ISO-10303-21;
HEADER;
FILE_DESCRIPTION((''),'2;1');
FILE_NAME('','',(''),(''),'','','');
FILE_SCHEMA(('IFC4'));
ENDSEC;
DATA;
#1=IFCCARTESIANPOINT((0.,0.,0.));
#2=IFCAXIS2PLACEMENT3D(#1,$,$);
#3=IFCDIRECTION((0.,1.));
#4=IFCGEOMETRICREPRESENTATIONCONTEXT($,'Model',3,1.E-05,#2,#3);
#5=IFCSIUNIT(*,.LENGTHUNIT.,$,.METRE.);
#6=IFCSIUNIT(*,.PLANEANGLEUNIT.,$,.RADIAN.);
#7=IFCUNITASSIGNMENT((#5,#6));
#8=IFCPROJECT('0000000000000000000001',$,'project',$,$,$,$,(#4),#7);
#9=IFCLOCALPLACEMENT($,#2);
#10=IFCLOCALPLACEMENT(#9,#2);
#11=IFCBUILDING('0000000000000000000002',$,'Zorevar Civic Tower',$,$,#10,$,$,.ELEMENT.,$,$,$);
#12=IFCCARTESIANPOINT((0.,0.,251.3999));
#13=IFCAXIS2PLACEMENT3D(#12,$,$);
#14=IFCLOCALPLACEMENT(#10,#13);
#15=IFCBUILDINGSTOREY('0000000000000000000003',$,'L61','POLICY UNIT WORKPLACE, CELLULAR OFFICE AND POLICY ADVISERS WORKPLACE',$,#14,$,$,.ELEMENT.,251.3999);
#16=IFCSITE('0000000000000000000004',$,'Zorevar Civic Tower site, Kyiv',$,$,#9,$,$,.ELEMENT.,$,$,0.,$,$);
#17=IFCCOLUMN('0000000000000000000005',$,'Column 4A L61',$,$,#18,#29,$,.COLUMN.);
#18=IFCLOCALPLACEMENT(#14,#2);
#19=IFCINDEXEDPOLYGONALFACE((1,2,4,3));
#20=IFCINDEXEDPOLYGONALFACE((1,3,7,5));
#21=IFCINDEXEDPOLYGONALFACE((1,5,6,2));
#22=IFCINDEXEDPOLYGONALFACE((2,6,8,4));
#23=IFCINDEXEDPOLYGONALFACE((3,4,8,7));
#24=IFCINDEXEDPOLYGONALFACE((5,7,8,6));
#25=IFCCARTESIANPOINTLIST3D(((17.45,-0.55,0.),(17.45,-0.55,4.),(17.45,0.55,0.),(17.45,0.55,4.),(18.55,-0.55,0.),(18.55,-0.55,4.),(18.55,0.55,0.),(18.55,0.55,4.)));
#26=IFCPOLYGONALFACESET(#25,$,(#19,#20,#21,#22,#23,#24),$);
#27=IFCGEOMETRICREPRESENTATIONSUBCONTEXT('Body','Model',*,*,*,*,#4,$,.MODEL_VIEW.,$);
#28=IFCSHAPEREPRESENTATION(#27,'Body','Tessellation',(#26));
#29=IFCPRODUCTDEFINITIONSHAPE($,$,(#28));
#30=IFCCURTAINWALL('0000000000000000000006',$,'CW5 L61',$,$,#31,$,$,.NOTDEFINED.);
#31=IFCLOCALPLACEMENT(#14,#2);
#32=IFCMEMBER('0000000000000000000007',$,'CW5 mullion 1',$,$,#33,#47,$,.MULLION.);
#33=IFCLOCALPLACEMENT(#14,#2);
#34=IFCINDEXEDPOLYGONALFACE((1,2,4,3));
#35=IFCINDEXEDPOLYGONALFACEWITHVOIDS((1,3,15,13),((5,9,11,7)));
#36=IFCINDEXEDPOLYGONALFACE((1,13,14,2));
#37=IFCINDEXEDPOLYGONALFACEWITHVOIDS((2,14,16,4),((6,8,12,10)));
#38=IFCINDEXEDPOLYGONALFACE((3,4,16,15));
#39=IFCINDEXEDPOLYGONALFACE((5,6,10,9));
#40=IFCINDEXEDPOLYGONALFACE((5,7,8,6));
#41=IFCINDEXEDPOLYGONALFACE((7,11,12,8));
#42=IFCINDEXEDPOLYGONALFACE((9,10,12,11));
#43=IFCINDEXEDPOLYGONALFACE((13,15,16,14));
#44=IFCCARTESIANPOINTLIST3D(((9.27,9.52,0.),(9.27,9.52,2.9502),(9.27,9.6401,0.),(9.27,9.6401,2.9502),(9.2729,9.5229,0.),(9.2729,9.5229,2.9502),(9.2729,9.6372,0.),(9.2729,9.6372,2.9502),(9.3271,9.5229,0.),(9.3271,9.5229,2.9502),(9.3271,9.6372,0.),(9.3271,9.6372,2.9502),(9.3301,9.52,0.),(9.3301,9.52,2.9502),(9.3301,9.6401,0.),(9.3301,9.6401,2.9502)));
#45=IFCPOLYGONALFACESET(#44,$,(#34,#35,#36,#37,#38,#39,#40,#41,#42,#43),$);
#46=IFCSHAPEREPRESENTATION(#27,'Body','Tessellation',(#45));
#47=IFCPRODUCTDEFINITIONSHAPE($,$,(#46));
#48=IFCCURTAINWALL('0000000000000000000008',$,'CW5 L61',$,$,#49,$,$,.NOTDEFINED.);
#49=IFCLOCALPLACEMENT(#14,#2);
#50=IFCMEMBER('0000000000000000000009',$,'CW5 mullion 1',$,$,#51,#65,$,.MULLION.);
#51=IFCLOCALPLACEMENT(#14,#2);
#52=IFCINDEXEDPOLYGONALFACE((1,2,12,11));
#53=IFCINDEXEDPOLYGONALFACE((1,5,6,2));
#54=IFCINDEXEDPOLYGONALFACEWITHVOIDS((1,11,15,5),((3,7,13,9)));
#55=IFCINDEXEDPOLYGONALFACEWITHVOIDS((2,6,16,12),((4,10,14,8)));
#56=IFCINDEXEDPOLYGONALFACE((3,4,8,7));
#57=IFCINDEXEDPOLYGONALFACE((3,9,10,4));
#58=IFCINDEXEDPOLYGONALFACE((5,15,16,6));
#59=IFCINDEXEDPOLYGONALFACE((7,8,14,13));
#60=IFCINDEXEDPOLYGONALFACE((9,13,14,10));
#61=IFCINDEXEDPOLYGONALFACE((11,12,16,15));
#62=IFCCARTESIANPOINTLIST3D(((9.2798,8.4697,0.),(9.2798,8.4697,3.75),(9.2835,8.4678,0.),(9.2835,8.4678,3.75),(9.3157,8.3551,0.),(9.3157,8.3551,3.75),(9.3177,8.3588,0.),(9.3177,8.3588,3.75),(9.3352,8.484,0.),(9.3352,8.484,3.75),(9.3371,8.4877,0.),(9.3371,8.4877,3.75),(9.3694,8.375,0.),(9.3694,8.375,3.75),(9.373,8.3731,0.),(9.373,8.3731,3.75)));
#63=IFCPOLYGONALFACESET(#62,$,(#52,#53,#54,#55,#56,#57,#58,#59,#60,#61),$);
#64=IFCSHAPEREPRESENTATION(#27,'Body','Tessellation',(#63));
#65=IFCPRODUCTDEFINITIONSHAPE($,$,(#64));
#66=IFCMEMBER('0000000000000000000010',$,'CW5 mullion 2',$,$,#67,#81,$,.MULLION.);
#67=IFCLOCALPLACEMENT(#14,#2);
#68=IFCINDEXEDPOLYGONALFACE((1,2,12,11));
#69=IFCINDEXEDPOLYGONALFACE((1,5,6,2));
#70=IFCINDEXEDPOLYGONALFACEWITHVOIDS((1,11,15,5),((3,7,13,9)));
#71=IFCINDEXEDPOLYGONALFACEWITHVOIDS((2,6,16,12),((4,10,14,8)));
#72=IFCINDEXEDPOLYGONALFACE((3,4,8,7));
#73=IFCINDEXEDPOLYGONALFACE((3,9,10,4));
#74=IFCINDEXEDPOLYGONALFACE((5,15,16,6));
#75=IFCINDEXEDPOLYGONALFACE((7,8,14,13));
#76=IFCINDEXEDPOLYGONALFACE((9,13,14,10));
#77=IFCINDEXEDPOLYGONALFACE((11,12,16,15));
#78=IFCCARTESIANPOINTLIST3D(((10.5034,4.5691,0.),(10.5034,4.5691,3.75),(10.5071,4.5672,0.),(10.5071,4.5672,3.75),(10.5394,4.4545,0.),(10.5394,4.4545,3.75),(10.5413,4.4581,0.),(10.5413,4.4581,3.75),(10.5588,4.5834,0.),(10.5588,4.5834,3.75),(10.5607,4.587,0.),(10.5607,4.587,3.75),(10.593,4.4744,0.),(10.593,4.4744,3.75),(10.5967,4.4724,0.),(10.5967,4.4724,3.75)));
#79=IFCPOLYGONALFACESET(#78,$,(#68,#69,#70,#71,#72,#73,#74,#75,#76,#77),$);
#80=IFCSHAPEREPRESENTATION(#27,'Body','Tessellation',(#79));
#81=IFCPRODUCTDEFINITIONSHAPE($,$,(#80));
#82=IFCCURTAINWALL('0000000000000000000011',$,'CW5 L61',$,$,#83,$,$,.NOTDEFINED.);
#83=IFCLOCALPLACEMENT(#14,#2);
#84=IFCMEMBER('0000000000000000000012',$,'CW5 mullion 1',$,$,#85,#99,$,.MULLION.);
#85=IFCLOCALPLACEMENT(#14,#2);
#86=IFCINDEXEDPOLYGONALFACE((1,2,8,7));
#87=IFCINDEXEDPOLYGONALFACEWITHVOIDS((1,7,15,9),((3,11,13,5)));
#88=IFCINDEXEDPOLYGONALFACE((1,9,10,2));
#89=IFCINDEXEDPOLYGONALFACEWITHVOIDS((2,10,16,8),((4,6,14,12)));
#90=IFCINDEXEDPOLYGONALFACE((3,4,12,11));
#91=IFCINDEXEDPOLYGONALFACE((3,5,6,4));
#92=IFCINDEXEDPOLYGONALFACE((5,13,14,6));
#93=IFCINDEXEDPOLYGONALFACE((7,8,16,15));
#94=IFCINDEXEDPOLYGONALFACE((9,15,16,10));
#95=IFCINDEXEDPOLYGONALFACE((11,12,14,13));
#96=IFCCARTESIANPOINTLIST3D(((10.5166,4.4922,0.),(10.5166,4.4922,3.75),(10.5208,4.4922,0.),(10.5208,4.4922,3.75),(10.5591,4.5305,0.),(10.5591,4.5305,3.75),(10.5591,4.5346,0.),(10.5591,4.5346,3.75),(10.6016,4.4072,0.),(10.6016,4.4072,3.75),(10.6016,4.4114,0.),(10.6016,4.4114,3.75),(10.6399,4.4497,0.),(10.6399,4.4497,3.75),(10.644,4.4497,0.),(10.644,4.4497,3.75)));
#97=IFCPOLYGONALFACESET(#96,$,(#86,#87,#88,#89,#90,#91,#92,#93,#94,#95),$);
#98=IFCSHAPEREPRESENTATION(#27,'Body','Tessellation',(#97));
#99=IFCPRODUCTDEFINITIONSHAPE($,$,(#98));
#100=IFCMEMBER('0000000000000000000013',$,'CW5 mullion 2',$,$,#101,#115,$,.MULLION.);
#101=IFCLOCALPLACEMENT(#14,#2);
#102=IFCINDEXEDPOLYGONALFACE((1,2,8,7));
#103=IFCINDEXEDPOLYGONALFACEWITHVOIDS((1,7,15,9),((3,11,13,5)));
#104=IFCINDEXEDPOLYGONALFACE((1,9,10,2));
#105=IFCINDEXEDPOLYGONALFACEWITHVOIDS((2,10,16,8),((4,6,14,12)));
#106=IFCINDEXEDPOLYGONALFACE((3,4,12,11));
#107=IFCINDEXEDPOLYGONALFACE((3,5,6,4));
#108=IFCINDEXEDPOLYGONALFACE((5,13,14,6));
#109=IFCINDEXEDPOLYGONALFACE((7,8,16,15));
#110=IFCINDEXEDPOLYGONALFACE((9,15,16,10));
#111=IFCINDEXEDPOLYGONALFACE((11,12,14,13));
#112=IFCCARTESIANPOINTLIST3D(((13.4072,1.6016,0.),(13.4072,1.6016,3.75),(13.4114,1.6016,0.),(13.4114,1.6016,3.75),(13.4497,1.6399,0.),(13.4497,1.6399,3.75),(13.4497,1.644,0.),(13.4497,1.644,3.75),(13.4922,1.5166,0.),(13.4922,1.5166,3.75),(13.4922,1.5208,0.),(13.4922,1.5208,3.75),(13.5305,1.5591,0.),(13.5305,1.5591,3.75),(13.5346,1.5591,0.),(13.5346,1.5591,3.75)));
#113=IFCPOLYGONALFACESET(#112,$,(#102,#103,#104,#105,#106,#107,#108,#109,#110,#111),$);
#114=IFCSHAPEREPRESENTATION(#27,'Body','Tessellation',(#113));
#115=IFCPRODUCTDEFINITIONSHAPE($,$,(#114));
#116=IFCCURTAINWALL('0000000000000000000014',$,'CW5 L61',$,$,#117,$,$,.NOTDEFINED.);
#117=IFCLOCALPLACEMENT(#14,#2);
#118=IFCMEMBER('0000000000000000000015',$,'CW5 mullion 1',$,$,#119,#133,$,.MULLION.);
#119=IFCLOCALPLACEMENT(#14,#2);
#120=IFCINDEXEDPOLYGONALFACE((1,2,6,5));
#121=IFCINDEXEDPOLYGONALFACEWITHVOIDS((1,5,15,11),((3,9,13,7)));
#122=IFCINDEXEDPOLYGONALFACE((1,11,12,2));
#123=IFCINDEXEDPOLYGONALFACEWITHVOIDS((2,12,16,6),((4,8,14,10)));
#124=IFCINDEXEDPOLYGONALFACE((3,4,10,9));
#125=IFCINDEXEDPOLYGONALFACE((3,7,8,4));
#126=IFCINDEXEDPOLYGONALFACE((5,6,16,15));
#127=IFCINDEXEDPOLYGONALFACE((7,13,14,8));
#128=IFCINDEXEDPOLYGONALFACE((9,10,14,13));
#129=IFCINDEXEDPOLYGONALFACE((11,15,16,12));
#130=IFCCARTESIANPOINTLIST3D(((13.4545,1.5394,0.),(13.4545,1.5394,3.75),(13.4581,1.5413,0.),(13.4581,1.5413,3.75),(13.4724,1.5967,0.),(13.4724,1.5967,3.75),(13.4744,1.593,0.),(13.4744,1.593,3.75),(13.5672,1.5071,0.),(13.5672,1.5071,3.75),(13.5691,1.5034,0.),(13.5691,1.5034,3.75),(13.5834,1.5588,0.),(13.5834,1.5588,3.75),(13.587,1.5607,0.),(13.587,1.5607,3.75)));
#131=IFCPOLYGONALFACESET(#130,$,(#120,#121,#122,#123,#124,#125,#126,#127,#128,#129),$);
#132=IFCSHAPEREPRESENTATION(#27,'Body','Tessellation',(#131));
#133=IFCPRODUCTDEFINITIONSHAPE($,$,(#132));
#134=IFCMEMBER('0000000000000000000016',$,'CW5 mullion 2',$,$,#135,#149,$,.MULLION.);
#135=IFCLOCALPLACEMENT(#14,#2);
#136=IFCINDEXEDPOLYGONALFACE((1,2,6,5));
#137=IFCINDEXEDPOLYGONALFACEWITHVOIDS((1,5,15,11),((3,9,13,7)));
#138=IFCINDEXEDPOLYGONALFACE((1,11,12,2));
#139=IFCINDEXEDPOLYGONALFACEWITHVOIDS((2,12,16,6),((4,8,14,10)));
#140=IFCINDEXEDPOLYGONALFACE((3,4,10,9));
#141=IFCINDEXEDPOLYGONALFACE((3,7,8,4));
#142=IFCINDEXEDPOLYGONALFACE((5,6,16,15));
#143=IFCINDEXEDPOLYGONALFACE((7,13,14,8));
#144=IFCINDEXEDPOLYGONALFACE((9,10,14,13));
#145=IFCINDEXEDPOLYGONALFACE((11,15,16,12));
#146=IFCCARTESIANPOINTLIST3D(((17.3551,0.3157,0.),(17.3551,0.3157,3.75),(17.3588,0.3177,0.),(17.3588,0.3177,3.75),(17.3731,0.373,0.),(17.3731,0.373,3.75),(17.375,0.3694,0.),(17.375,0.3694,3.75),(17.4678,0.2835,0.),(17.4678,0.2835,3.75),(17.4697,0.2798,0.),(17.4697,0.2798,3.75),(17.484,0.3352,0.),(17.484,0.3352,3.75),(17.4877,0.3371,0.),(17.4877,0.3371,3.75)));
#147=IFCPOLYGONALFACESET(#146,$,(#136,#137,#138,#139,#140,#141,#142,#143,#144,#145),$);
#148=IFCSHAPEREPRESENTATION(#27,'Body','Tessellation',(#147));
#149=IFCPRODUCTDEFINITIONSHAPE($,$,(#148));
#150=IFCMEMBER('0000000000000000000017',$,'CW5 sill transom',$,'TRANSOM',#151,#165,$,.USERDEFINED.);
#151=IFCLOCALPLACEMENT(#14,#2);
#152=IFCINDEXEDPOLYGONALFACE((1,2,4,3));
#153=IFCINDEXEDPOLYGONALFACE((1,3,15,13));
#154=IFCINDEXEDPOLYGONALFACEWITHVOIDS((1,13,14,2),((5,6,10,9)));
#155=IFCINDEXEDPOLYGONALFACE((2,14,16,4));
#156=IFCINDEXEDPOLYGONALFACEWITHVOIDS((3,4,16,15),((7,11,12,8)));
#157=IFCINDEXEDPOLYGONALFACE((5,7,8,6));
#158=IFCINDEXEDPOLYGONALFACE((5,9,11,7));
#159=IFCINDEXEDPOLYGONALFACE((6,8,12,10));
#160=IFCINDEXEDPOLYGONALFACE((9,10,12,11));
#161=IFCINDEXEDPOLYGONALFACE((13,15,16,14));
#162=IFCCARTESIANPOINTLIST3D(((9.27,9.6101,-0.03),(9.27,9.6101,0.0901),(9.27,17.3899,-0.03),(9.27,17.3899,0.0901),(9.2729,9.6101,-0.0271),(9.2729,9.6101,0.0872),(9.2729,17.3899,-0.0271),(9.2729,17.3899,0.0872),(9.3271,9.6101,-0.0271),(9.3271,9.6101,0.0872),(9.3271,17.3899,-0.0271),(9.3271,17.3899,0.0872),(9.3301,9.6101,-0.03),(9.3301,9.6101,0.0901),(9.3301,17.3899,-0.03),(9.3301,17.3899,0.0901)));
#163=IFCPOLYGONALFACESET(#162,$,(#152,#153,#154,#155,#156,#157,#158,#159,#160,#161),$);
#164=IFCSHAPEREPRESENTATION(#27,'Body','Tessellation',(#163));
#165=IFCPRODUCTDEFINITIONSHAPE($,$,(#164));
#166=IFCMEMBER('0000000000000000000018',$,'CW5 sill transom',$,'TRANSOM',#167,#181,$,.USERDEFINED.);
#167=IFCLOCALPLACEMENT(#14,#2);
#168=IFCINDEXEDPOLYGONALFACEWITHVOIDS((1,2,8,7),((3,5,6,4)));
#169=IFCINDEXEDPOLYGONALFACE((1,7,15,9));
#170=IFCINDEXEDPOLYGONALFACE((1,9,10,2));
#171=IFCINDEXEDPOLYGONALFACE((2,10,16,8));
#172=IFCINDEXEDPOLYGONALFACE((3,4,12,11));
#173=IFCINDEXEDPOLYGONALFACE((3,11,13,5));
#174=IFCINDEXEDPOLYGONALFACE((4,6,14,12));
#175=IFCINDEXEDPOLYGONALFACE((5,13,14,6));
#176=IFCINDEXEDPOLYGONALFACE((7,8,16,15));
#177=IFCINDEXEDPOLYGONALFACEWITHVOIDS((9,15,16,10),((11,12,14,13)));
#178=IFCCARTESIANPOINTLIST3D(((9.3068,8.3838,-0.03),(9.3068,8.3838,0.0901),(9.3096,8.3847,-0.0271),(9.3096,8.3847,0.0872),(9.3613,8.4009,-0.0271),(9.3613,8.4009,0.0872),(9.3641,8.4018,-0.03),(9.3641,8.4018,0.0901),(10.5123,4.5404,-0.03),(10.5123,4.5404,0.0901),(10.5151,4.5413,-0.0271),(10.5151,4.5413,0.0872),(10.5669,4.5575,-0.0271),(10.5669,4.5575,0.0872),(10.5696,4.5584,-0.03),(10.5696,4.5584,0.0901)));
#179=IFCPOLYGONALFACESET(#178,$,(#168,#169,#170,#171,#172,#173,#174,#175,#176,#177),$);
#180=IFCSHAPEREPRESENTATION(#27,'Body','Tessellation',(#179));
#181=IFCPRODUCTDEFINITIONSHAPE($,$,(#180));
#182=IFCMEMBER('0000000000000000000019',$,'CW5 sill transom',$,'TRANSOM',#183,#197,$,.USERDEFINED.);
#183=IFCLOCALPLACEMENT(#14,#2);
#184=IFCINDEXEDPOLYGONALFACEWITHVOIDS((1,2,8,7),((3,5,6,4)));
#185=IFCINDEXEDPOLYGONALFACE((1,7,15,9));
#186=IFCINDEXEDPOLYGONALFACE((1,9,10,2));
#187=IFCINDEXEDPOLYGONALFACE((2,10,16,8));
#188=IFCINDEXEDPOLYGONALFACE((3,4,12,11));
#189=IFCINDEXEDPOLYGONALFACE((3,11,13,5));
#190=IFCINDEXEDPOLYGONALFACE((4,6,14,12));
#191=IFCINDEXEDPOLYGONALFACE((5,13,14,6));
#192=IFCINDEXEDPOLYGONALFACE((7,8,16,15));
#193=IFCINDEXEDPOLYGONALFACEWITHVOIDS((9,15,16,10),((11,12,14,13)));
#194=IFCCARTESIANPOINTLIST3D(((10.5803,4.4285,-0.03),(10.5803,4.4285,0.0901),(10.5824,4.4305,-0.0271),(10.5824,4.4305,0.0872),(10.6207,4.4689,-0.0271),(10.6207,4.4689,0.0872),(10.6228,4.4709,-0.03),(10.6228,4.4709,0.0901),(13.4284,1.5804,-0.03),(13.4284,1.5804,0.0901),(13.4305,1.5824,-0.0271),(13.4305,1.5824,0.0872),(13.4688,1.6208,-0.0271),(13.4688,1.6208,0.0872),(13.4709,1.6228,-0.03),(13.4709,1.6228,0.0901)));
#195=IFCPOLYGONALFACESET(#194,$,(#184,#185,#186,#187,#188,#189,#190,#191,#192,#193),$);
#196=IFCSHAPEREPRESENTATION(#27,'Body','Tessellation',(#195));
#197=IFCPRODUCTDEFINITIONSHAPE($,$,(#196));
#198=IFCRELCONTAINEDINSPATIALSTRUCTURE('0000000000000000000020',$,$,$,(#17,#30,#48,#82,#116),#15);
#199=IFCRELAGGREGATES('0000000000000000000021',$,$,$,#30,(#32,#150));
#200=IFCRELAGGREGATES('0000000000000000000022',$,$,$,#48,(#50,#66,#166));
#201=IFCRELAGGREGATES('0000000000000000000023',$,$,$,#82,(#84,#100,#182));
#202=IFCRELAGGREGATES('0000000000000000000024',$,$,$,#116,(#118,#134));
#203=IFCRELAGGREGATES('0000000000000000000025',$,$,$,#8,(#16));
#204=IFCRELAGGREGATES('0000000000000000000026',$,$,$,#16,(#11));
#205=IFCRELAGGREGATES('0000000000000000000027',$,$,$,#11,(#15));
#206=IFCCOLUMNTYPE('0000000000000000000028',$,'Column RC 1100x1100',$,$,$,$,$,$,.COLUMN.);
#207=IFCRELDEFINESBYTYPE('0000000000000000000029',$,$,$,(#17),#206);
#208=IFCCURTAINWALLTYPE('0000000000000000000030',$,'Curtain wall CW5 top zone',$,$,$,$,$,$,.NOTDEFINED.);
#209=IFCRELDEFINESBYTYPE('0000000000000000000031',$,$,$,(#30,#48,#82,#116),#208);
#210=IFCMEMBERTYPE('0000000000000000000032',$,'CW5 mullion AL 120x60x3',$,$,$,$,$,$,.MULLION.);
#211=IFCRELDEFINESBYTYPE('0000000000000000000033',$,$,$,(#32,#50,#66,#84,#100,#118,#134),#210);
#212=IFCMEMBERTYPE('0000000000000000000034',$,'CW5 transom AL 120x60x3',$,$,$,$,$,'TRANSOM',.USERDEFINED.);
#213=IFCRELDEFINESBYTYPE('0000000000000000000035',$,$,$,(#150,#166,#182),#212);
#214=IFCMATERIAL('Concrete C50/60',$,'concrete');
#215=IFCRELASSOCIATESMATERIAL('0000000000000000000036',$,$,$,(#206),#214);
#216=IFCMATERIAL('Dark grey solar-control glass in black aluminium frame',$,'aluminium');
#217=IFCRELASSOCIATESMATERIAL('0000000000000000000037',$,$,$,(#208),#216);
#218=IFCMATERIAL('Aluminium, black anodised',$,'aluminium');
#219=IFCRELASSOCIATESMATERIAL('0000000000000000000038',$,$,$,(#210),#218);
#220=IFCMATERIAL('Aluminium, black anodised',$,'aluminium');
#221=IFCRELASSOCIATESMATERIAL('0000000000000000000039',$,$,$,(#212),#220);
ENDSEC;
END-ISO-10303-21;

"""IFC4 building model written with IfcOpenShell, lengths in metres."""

from ifc_helpers import new_model, si_unit, direction, frame, origin, origin_2d, place, context, subcontext, project, spatial, rectangle, hollow_rectangle, extrude, material, material_profile, profile_set, type_object, element, aggregate, save


model = new_model("IFC4")

# Units and contexts
model_context = context("Model", 3, precision=1e-05, world=origin(), true_north=direction((0.0, 1.0)))
body_context = subcontext(model_context, "Body", "Model", "MODEL_VIEW")
ifc_project = project(units=[si_unit("LENGTHUNIT", "METRE"), si_unit("PLANEANGLEUNIT", "RADIAN")], contexts=[model_context])

# Site, building, storey
site_placement = place(None, origin())
site = spatial("IfcSite", under=ifc_project, at=site_placement, Name="Zorevar Civic Tower site, Kyiv", CompositionType="ELEMENT", RefElevation=0.0)
building_placement = place(site_placement, origin())
building = spatial("IfcBuilding", under=site, at=building_placement, Name="Zorevar Civic Tower", CompositionType="ELEMENT")
storey_placement = place(building_placement, frame((0.0, 0.0, 251.3999)))
storey = spatial("IfcBuildingStorey", under=building, at=storey_placement, Name="L61", Description="POLICY UNIT WORKPLACE, CELLULAR OFFICE AND POLICY ADVISERS WORKPLACE", CompositionType="ELEMENT", Elevation=251.3999)

# Column
ifc_material_1 = material(Name="Concrete C50/60", Category="concrete")
ifc_material_profile_1 = material_profile(ifc_material_1, rectangle(XDim=1.1001, YDim=1.1001, at=origin_2d()), Name="RC 1100x1100")
ifc_profile_set_1 = profile_set([ifc_material_profile_1], Name="Concrete C50/60")
column_type = type_object("IfcColumnType", Name="Column RC 1100x1100", PredefinedType="COLUMN", material=ifc_profile_set_1)
column_placement = place(storey_placement, frame((18.0, 0.0, 0.0), z_axis=(0.0, 0.0, 1.0), x_axis=(1.0, 0.0, 0.0)))
element("IfcColumn", 1, at=column_placement, inside=storey, type_object=column_type, Name="Column 4A L61", PredefinedType="COLUMN", context=body_context, shape_type="SweptSolid", body=[
    extrude(rectangle(XDim=1.1001, YDim=1.1001, at=origin_2d()), origin(), (0.0, 0.0, 1.0), 4.0),
])

# Curtain wall, member
ifc_material_2 = material(Name="Dark grey solar-control glass in black aluminium frame", Category="aluminium")
curtain_wall_type = type_object("IfcCurtainWallType", Name="Curtain wall CW5 top zone", PredefinedType="NOTDEFINED", material=ifc_material_2)
curtain_wall_1_placement = place(storey_placement, origin())
curtain_wall_1 = element("IfcCurtainWall", 2, at=curtain_wall_1_placement, inside=storey, type_object=curtain_wall_type, Name="CW5 L61", PredefinedType="NOTDEFINED")
ifc_material_3 = material(Name="Aluminium, black anodised", Category="aluminium")
ifc_material_profile_2 = material_profile(ifc_material_3, hollow_rectangle(XDim=0.0601, YDim=0.1201, WallThickness=0.0029, at=origin_2d()), Name="AL 120x60x3")
ifc_profile_set_2 = profile_set([ifc_material_profile_2], Name="Aluminium, black anodised")
member_type_1 = type_object("IfcMemberType", Name="CW5 mullion AL 120x60x3", PredefinedType="MULLION", material=ifc_profile_set_2)
member_1_placement = place(storey_placement, frame((9.3, 9.5801, 0.0), z_axis=(0.0, 0.0, 1.0), x_axis=(-1.0, 0.0, 0.0)))
member_1 = element("IfcMember", 3, at=member_1_placement, type_object=member_type_1, Name="CW5 mullion 1", PredefinedType="MULLION", context=body_context, shape_type="SweptSolid", body=[
    extrude(hollow_rectangle(XDim=0.0601, YDim=0.1201, WallThickness=0.0029, at=origin_2d()), origin(), (0.0, 0.0, 1.0), 2.9502),
])

# Curtain walls, members
curtain_wall_2_placement = place(storey_placement, origin())
curtain_wall_2 = element("IfcCurtainWall", 4, at=curtain_wall_2_placement, inside=storey, type_object=curtain_wall_type, Name="CW5 L61", PredefinedType="NOTDEFINED")
member_2_placement = place(storey_placement, frame((9.3264, 8.4214, 0.0), z_axis=(0.0, 0.0, 1.0), x_axis=(0.954153, 0.299318, 0.0)))
member_2 = element("IfcMember", 5, at=member_2_placement, type_object=member_type_1, Name="CW5 mullion 1", PredefinedType="MULLION", context=body_context, shape_type="SweptSolid", body=[
    extrude(hollow_rectangle(XDim=0.0601, YDim=0.1201, WallThickness=0.0029, at=origin_2d()), origin(), (0.0, 0.0, 1.0), 3.75),
])
member_3_placement = place(storey_placement, frame((10.55, 4.5208, 0.0), z_axis=(0.0, 0.0, 1.0), x_axis=(0.954153, 0.299318, 0.0)))
member_3 = element("IfcMember", 6, at=member_3_placement, type_object=member_type_1, Name="CW5 mullion 2", PredefinedType="MULLION", context=body_context, shape_type="SweptSolid", body=[
    extrude(hollow_rectangle(XDim=0.0601, YDim=0.1201, WallThickness=0.0029, at=origin_2d()), origin(), (0.0, 0.0, 1.0), 3.75),
])
curtain_wall_3_placement = place(storey_placement, origin())
curtain_wall_3 = element("IfcCurtainWall", 7, at=curtain_wall_3_placement, inside=storey, type_object=curtain_wall_type, Name="CW5 L61", PredefinedType="NOTDEFINED")
member_4_placement = place(storey_placement, frame((10.5803, 4.4709, 0.0), z_axis=(0.0, 0.0, 1.0), x_axis=(0.707107, 0.707107, 0.0)))
member_4 = element("IfcMember", 8, at=member_4_placement, type_object=member_type_1, Name="CW5 mullion 1", PredefinedType="MULLION", context=body_context, shape_type="SweptSolid", body=[
    extrude(hollow_rectangle(XDim=0.0601, YDim=0.1201, WallThickness=0.0029, at=origin_2d()), origin(), (0.0, 0.0, 1.0), 3.75),
])
member_5_placement = place(storey_placement, frame((13.4709, 1.5803, 0.0), z_axis=(0.0, 0.0, 1.0), x_axis=(0.707107, 0.707107, 0.0)))
member_5 = element("IfcMember", 9, at=member_5_placement, type_object=member_type_1, Name="CW5 mullion 2", PredefinedType="MULLION", context=body_context, shape_type="SweptSolid", body=[
    extrude(hollow_rectangle(XDim=0.0601, YDim=0.1201, WallThickness=0.0029, at=origin_2d()), origin(), (0.0, 0.0, 1.0), 3.75),
])
curtain_wall_4_placement = place(storey_placement, origin())
curtain_wall_4 = element("IfcCurtainWall", 10, at=curtain_wall_4_placement, inside=storey, type_object=curtain_wall_type, Name="CW5 L61", PredefinedType="NOTDEFINED")
member_6_placement = place(storey_placement, frame((13.5208, 1.55, 0.0), z_axis=(0.0, 0.0, 1.0), x_axis=(0.299318, 0.954153, 0.0)))
member_6 = element("IfcMember", 11, at=member_6_placement, type_object=member_type_1, Name="CW5 mullion 1", PredefinedType="MULLION", context=body_context, shape_type="SweptSolid", body=[
    extrude(hollow_rectangle(XDim=0.0601, YDim=0.1201, WallThickness=0.0029, at=origin_2d()), origin(), (0.0, 0.0, 1.0), 3.75),
])
member_7_placement = place(storey_placement, frame((17.4214, 0.3264, 0.0), z_axis=(0.0, 0.0, 1.0), x_axis=(0.299318, 0.954153, 0.0)))
member_7 = element("IfcMember", 12, at=member_7_placement, type_object=member_type_1, Name="CW5 mullion 2", PredefinedType="MULLION", context=body_context, shape_type="SweptSolid", body=[
    extrude(hollow_rectangle(XDim=0.0601, YDim=0.1201, WallThickness=0.0029, at=origin_2d()), origin(), (0.0, 0.0, 1.0), 3.75),
])

# Members
ifc_material_4 = material(Name="Aluminium, black anodised", Category="aluminium")
ifc_material_profile_3 = material_profile(ifc_material_4, hollow_rectangle(XDim=0.0601, YDim=0.1201, WallThickness=0.0029, at=origin_2d()), Name="AL 120x60x3")
ifc_profile_set_3 = profile_set([ifc_material_profile_3], Name="Aluminium, black anodised")
member_type_2 = type_object("IfcMemberType", Name="CW5 transom AL 120x60x3", ElementType="TRANSOM", PredefinedType="USERDEFINED", material=ifc_profile_set_3)
member_8_placement = place(storey_placement, frame((9.3, 9.6101, 0.03), z_axis=(0.0, 1.0, 0.0), x_axis=(-1.0, 0.0, 0.0)))
member_8 = element("IfcMember", 13, at=member_8_placement, type_object=member_type_2, Name="CW5 sill transom", ObjectType="TRANSOM", PredefinedType="USERDEFINED", context=body_context, shape_type="SweptSolid", body=[
    extrude(hollow_rectangle(XDim=0.0601, YDim=0.1201, WallThickness=0.0029, at=origin_2d()), origin(), (0.0, 0.0, 1.0), 7.7798),
])
member_9_placement = place(storey_placement, frame((9.3354, 8.3928, 0.03), z_axis=(0.299286, -0.954163, 0.0), x_axis=(0.954163, 0.299286, 0.0)))
member_9 = element("IfcMember", 14, at=member_9_placement, type_object=member_type_2, Name="CW5 sill transom", ObjectType="TRANSOM", PredefinedType="USERDEFINED", context=body_context, shape_type="SweptSolid", body=[
    extrude(hollow_rectangle(XDim=0.0601, YDim=0.1201, WallThickness=0.0029, at=origin_2d()), origin(), (0.0, 0.0, 1.0), 4.0281),
])
member_10_placement = place(storey_placement, frame((10.6016, 4.4497, 0.03), z_axis=(0.707107, -0.707107, 0.0), x_axis=(0.707107, 0.707107, 0.0)))
member_10 = element("IfcMember", 15, at=member_10_placement, type_object=member_type_2, Name="CW5 sill transom", ObjectType="TRANSOM", PredefinedType="USERDEFINED", context=body_context, shape_type="SweptSolid", body=[
    extrude(hollow_rectangle(XDim=0.0601, YDim=0.1201, WallThickness=0.0029, at=origin_2d()), origin(), (0.0, 0.0, 1.0), 4.0278),
])

aggregate(curtain_wall_1, [member_1, member_8])
aggregate(curtain_wall_2, [member_2, member_3, member_9])
aggregate(curtain_wall_3, [member_4, member_5, member_10])
aggregate(curtain_wall_4, [member_6, member_7])

save(model, "model.ifc")
